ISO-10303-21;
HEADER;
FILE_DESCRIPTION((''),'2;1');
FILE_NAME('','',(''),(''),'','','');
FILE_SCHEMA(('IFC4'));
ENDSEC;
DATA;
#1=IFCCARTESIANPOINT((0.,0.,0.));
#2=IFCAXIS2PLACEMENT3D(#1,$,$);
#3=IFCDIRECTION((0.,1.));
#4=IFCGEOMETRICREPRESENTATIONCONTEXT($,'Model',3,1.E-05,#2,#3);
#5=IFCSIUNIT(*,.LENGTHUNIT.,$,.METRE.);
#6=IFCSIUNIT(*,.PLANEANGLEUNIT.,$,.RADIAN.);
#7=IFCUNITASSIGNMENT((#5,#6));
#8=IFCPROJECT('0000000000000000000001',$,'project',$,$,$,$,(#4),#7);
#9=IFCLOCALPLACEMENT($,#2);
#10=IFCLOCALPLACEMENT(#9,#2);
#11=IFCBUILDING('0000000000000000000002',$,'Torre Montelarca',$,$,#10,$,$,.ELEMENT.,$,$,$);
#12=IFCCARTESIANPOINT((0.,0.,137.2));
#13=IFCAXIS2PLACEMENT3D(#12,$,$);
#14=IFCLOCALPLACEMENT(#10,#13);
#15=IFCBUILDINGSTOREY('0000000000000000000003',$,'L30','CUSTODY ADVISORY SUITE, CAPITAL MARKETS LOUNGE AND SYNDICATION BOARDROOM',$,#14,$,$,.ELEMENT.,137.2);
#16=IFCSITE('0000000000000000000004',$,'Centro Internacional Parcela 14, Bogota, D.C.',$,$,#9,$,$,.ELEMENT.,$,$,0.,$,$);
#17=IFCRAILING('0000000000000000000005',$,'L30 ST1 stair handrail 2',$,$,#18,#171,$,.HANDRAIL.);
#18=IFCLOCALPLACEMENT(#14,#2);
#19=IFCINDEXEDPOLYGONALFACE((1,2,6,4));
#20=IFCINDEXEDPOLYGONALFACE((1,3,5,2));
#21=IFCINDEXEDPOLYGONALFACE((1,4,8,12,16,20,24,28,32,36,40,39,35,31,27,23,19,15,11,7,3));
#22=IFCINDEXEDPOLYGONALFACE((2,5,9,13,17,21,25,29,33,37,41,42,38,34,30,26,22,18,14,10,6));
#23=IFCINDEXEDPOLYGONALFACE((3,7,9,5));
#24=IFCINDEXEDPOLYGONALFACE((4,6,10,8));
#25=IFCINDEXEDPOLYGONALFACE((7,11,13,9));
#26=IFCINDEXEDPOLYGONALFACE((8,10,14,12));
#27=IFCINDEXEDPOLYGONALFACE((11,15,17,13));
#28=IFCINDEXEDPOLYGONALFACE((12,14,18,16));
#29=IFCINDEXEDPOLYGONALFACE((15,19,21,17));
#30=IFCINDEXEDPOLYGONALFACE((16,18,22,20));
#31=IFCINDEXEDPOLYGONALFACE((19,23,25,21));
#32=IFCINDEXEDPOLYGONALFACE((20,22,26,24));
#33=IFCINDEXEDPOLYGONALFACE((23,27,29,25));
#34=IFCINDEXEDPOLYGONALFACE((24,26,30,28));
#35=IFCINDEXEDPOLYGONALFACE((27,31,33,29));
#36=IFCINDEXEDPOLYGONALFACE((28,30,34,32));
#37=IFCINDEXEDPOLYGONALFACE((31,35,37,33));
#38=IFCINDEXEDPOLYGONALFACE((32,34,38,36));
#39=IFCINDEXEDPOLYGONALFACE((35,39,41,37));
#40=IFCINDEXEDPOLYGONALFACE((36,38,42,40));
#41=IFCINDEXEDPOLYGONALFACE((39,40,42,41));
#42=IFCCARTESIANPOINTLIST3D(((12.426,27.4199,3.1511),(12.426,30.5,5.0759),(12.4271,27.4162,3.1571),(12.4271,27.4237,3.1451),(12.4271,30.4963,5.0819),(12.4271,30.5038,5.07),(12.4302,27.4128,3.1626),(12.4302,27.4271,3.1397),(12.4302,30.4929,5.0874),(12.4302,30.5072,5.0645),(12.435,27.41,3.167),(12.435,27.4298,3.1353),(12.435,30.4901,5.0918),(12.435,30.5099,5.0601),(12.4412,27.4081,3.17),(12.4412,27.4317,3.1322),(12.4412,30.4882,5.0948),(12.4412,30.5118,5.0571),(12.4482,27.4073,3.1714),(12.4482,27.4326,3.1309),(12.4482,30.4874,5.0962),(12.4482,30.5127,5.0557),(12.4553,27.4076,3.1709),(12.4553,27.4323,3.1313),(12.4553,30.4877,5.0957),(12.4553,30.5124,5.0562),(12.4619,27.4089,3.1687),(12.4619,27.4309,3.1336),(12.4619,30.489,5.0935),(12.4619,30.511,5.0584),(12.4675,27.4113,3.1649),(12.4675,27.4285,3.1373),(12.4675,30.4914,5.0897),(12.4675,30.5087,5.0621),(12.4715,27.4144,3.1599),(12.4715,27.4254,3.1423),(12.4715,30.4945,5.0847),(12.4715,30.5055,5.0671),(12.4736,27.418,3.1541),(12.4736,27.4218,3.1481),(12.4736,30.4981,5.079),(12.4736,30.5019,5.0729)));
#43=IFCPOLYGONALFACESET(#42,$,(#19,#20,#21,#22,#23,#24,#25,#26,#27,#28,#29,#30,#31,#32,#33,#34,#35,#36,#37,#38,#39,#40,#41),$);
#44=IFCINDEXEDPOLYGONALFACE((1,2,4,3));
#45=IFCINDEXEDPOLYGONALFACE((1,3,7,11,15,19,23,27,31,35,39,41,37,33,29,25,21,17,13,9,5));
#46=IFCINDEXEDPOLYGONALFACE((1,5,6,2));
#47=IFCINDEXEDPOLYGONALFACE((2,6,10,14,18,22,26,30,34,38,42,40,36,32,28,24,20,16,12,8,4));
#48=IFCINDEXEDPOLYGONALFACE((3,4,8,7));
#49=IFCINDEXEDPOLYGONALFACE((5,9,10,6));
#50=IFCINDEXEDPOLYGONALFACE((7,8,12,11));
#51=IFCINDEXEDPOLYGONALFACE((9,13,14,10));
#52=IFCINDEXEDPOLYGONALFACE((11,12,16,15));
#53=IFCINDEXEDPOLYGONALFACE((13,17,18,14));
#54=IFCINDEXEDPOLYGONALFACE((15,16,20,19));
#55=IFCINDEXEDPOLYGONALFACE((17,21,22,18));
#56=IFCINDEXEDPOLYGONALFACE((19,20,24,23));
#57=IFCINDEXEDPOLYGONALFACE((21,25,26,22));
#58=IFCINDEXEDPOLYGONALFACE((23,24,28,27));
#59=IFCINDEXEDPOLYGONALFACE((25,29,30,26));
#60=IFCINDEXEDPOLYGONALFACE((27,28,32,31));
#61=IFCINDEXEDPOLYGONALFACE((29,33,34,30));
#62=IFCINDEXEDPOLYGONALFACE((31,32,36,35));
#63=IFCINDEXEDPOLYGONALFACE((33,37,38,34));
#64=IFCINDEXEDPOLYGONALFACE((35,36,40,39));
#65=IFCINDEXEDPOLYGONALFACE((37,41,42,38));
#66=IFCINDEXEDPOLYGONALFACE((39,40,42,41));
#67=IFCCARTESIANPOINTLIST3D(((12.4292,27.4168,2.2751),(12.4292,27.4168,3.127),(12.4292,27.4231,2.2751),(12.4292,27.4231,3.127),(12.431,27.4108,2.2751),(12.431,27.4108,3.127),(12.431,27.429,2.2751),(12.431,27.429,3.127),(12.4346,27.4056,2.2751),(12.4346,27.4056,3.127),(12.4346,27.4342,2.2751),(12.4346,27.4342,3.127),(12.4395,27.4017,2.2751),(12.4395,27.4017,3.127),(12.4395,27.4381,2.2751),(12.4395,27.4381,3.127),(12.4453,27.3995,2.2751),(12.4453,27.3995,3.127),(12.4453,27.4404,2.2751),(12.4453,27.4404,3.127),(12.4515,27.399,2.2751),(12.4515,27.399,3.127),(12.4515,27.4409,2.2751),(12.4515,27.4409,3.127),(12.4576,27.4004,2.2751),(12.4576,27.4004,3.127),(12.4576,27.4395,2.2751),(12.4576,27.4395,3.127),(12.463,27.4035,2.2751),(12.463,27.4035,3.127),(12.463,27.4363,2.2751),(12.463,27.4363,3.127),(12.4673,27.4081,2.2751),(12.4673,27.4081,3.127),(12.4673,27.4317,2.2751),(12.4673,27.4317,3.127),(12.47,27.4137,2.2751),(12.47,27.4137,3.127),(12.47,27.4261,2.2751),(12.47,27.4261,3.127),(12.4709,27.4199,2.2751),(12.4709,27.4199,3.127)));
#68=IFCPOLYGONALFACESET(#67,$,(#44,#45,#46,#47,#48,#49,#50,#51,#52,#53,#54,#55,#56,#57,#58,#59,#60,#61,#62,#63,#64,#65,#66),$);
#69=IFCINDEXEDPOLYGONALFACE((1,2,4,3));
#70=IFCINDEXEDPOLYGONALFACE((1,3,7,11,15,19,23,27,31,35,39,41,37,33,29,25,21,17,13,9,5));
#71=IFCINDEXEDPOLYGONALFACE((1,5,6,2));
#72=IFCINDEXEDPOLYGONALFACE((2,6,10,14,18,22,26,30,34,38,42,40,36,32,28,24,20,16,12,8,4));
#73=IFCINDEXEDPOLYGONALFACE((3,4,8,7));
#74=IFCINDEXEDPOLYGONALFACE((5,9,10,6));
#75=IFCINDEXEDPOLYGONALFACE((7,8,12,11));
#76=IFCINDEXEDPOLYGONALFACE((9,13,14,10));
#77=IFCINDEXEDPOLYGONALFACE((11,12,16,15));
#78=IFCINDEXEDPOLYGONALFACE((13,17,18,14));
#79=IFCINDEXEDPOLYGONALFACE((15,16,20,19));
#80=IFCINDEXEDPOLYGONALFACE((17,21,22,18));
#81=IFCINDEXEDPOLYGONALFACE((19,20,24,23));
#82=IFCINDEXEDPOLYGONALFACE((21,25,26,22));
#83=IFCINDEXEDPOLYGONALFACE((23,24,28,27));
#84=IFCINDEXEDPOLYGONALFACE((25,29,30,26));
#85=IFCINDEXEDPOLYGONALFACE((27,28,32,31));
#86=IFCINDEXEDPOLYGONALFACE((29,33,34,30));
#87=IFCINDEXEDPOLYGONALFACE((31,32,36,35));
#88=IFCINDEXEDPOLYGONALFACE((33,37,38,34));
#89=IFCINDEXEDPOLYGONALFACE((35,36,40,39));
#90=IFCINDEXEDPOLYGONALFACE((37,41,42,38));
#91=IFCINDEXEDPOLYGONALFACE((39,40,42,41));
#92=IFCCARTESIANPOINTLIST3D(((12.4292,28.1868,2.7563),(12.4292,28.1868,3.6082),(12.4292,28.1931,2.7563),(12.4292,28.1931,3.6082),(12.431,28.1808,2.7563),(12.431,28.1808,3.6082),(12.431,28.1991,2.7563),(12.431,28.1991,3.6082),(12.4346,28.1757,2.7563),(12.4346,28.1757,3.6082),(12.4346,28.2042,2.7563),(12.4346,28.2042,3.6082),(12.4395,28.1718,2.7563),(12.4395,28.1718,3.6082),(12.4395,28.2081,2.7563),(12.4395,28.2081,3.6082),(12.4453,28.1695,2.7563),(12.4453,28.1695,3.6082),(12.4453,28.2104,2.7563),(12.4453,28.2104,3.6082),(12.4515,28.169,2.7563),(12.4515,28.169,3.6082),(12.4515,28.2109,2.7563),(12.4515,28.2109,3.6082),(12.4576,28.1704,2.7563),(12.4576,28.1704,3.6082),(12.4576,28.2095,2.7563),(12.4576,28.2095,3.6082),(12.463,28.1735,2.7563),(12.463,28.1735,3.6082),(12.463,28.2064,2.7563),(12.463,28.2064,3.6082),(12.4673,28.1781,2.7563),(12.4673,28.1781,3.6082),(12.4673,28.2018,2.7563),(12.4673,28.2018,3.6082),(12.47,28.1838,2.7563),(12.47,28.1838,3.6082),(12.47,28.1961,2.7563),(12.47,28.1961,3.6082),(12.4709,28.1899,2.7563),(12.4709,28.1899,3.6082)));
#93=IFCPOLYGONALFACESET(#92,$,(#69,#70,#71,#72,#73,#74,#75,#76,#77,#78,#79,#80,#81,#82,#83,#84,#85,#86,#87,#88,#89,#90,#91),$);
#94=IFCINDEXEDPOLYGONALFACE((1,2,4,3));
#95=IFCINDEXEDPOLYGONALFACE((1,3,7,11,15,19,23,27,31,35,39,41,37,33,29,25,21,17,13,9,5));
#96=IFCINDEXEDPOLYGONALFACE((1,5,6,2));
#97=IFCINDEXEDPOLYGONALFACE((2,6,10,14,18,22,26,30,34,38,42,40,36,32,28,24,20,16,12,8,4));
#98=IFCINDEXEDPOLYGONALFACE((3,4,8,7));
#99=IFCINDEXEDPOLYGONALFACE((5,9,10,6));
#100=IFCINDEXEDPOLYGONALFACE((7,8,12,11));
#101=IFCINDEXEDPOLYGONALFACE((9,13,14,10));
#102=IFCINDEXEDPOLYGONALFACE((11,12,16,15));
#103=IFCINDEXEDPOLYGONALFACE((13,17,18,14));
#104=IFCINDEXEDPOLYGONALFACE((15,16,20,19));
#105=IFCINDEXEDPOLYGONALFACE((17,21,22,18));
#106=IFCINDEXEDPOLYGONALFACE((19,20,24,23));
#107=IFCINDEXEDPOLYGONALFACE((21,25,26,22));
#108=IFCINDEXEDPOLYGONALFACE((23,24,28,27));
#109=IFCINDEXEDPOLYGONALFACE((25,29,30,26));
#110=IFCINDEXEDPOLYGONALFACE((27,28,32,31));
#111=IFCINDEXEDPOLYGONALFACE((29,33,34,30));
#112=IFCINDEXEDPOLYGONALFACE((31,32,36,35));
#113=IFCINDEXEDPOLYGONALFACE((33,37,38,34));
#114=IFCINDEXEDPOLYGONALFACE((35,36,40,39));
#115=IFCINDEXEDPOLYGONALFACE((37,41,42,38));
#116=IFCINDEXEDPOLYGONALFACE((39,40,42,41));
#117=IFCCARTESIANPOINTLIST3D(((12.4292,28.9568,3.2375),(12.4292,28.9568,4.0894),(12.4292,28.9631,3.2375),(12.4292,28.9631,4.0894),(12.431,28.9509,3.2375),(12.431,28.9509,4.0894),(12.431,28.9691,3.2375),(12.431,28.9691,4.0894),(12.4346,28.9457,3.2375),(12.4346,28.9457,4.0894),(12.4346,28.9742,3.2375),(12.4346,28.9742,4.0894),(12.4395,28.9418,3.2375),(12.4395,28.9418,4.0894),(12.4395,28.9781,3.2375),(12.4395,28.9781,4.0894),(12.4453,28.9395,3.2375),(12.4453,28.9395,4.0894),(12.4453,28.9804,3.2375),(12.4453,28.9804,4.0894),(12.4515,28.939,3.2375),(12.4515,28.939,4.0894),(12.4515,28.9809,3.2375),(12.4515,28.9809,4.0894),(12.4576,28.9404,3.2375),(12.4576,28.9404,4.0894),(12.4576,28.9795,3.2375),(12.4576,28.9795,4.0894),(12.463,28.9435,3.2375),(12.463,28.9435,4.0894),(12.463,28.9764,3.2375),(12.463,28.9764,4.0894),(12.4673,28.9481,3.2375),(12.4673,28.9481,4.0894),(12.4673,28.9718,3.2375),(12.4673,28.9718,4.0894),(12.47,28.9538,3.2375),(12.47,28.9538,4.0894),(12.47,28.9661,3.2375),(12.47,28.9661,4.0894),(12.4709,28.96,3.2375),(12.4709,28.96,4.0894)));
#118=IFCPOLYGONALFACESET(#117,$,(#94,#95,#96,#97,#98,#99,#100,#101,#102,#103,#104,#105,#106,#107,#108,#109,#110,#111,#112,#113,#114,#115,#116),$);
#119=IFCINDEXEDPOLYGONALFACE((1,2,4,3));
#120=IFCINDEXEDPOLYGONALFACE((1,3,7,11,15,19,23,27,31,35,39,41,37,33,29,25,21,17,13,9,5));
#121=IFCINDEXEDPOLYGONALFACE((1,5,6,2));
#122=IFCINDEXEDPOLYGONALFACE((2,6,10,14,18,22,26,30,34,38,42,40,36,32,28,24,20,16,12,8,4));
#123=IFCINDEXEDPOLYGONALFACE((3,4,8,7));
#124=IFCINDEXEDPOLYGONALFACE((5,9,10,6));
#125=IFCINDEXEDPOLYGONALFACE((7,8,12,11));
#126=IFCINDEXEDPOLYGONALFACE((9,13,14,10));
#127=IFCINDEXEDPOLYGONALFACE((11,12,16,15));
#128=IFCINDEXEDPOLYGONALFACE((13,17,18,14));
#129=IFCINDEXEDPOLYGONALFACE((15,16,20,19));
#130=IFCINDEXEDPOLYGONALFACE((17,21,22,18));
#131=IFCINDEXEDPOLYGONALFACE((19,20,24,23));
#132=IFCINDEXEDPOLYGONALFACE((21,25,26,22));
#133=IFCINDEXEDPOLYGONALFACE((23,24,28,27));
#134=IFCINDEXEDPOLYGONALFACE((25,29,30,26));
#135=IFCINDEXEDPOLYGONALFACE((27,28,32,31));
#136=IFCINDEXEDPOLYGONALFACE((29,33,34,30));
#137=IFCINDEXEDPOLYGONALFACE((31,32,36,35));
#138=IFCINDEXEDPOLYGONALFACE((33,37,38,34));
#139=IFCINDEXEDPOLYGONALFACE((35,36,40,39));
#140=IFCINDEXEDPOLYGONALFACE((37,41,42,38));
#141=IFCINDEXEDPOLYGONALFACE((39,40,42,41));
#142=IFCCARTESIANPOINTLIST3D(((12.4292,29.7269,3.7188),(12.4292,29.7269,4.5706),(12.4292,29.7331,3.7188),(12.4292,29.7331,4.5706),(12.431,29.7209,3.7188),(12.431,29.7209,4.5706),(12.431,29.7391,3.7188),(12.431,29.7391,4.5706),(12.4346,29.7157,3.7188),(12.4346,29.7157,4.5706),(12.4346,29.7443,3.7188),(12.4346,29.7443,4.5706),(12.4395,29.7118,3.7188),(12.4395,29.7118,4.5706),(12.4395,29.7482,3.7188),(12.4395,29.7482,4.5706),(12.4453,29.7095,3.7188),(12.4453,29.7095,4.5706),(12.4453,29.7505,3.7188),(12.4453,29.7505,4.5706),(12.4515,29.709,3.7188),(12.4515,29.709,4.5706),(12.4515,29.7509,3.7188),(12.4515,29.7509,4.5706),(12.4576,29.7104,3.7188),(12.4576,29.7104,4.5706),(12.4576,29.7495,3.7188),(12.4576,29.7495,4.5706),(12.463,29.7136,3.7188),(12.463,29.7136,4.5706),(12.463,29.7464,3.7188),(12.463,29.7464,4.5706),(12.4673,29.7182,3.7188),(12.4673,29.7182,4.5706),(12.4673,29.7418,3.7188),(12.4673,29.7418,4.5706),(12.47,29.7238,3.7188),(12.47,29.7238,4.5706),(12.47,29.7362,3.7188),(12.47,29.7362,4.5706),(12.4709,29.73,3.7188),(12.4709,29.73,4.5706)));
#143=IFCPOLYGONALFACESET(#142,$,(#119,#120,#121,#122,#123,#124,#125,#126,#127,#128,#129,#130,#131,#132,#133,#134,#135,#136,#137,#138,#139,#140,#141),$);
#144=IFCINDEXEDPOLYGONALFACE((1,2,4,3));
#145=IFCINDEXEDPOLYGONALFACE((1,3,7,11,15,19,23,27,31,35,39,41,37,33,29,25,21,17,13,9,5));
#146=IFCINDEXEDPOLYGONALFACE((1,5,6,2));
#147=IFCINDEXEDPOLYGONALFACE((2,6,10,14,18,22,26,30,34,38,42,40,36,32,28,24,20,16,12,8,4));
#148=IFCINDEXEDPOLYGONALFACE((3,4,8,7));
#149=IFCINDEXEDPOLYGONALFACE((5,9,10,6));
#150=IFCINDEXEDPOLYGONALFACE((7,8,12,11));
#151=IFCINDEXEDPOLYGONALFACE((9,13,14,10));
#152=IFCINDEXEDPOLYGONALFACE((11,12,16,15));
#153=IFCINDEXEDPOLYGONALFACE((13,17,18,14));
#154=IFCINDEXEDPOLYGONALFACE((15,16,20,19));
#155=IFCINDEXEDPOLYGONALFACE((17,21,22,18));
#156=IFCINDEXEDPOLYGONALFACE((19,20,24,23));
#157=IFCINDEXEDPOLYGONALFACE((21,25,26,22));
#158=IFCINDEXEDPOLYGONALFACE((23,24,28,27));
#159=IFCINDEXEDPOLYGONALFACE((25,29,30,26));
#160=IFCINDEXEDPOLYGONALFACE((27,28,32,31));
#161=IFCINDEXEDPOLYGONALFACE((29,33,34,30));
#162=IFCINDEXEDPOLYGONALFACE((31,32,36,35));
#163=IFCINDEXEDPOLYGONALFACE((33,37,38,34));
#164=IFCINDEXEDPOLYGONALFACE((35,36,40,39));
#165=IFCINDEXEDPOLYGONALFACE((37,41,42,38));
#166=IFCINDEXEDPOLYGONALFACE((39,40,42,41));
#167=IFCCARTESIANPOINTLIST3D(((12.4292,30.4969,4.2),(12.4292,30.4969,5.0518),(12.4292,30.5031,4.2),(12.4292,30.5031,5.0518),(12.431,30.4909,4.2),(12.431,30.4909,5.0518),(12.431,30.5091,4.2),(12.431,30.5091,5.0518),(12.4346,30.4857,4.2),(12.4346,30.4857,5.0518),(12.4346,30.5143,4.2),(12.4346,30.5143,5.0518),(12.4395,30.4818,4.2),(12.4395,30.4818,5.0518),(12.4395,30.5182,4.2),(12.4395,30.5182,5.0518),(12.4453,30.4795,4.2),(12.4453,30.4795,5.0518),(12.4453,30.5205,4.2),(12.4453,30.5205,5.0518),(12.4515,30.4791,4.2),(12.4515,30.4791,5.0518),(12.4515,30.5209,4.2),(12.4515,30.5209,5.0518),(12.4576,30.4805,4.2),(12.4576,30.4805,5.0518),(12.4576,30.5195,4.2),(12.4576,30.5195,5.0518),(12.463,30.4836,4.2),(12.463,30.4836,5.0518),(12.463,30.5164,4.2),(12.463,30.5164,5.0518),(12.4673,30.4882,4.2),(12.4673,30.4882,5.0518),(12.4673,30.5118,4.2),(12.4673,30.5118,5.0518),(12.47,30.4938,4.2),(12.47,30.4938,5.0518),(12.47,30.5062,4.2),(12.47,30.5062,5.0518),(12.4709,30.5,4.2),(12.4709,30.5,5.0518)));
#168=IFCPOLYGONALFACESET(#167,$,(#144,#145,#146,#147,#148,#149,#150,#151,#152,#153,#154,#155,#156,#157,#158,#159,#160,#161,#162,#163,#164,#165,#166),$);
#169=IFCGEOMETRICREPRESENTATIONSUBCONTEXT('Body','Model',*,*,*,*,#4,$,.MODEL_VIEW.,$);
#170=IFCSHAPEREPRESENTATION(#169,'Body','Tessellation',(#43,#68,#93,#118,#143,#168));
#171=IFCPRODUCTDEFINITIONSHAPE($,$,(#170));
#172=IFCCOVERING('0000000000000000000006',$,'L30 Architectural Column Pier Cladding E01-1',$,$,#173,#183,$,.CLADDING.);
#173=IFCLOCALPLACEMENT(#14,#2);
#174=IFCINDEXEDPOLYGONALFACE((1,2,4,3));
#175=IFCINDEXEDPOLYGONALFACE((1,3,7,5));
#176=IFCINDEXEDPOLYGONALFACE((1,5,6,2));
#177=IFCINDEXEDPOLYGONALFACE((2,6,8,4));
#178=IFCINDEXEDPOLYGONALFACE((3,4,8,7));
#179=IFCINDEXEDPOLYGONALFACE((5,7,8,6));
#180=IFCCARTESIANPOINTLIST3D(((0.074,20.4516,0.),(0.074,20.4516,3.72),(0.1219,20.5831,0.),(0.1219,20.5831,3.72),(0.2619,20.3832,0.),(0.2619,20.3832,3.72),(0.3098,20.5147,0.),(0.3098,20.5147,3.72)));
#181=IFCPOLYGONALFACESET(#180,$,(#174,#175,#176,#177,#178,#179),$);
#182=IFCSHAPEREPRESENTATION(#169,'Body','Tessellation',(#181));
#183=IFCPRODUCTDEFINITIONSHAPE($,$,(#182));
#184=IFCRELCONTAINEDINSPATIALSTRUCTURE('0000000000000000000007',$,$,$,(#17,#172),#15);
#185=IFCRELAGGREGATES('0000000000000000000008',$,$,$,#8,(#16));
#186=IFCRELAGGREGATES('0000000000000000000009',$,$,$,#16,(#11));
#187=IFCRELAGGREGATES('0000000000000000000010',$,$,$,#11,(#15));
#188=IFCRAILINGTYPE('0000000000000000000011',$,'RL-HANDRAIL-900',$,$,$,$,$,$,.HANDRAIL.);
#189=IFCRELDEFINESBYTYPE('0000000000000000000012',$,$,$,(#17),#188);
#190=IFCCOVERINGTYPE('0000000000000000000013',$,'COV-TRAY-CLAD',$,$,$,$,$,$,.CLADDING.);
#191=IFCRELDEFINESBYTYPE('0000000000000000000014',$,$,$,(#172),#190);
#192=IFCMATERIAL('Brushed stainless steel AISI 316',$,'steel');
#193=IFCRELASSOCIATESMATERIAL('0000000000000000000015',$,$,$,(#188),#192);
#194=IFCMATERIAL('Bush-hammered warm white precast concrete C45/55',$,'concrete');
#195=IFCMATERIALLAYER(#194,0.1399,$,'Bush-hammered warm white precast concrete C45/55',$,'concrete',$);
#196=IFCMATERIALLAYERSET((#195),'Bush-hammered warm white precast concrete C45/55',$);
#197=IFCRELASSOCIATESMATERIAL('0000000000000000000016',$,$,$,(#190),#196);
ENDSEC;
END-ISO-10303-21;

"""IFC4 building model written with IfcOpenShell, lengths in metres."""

from ifc_helpers import new_model, si_unit, direction, frame, origin, origin_2d, place, context, subcontext, project, spatial, rectangle, circle, extrude, source, transform, mapped, material, layer, layer_set, type_object, element, save


model = new_model("IFC4")

# Units and contexts
model_context = context("Model", 3, precision=1e-05, world=origin(), true_north=direction((0.0, 1.0)))
body_context = subcontext(model_context, "Body", "Model", "MODEL_VIEW")
ifc_project = project(units=[si_unit("LENGTHUNIT", "METRE"), si_unit("PLANEANGLEUNIT", "RADIAN")], contexts=[model_context])

# Site, building, storey
site_placement = place(None, origin())
site = spatial("IfcSite", under=ifc_project, at=site_placement, Name="Centro Internacional Parcela 14, Bogota, D.C.", CompositionType="ELEMENT", RefElevation=0.0)
building_placement = place(site_placement, origin())
building = spatial("IfcBuilding", under=site, at=building_placement, Name="Torre Montelarca", CompositionType="ELEMENT")
storey_placement = place(building_placement, frame((0.0, 0.0, 137.2)))
storey = spatial("IfcBuildingStorey", under=building, at=storey_placement, Name="L30", Description="CUSTODY ADVISORY SUITE, CAPITAL MARKETS LOUNGE AND SYNDICATION BOARDROOM", CompositionType="ELEMENT", Elevation=137.2)

# Railing
ifc_material_1 = material(Name="Brushed stainless steel AISI 316", Category="steel")
railing_type_1 = type_object("IfcRailingType", Name="RL-HANDRAIL-900", PredefinedType="HANDRAIL", material=ifc_material_1)
railing_1_placement = place(storey_placement, frame((12.45, 27.4199, 2.2751)))
element("IfcRailing", 1, at=railing_1_placement, inside=storey, type_object=railing_type_1, Name="L30 ST1 stair handrail 2", PredefinedType="HANDRAIL", context=body_context, shape_type="SweptSolid", body=[
    extrude(circle(Radius=0.0239, at=origin_2d()), frame((0.0, 0.0, 0.876), z_axis=(0.0, 0.848029, 0.529951), x_axis=(-1.0, 0.0, 0.0)), (0.0, 0.0, 1.0), 3.6321),
    extrude(circle(Radius=0.021, at=origin_2d()), origin(), (0.0, 0.0, 1.0), 0.8518),
    extrude(circle(Radius=0.021, at=origin_2d()), frame((0.0, 0.77, 0.4812)), (0.0, 0.0, 1.0), 0.8518),
    extrude(circle(Radius=0.021, at=origin_2d()), frame((0.0, 1.54, 0.9624)), (0.0, 0.0, 1.0), 0.8518),
    extrude(circle(Radius=0.021, at=origin_2d()), frame((0.0, 2.3101, 1.4436)), (0.0, 0.0, 1.0), 0.8518),
    extrude(circle(Radius=0.021, at=origin_2d()), frame((0.0, 3.0801, 1.9248)), (0.0, 0.0, 1.0), 0.8518),
])

# Covering
ifc_material_2 = material(Name="Bush-hammered warm white precast concrete C45/55", Category="concrete")
ifc_layer_1 = layer(ifc_material_2, 0.1399, Name="Bush-hammered warm white precast concrete C45/55", Category="concrete")
ifc_layer_set_1 = layer_set([ifc_layer_1], Name="Bush-hammered warm white precast concrete C45/55")
covering_type = type_object("IfcCoveringType", Name="COV-TRAY-CLAD", PredefinedType="CLADDING", material=ifc_layer_set_1)
shared_shape_1 = source(origin(), body_context, "Body", "SweptSolid", [
    extrude(rectangle(XDim=0.2, YDim=0.1399, at=origin_2d()), origin(), (0.0, 0.0, 1.0), 3.72),
])
covering_placement = place(storey_placement, frame((0.1919, 20.4832, 0.0), z_axis=(0.0, 0.0, 1.0), x_axis=(0.939694, -0.342017, 0.0)))
element("IfcCovering", 2, at=covering_placement, inside=storey, type_object=covering_type, Name="L30 Architectural Column Pier Cladding E01-1", PredefinedType="CLADDING", context=body_context, shape_type="MappedRepresentation", body=[
    mapped(shared_shape_1, transform((0.0, 0.0, 0.0), scale=1.0)),
])

save(model, "model.ifc")
